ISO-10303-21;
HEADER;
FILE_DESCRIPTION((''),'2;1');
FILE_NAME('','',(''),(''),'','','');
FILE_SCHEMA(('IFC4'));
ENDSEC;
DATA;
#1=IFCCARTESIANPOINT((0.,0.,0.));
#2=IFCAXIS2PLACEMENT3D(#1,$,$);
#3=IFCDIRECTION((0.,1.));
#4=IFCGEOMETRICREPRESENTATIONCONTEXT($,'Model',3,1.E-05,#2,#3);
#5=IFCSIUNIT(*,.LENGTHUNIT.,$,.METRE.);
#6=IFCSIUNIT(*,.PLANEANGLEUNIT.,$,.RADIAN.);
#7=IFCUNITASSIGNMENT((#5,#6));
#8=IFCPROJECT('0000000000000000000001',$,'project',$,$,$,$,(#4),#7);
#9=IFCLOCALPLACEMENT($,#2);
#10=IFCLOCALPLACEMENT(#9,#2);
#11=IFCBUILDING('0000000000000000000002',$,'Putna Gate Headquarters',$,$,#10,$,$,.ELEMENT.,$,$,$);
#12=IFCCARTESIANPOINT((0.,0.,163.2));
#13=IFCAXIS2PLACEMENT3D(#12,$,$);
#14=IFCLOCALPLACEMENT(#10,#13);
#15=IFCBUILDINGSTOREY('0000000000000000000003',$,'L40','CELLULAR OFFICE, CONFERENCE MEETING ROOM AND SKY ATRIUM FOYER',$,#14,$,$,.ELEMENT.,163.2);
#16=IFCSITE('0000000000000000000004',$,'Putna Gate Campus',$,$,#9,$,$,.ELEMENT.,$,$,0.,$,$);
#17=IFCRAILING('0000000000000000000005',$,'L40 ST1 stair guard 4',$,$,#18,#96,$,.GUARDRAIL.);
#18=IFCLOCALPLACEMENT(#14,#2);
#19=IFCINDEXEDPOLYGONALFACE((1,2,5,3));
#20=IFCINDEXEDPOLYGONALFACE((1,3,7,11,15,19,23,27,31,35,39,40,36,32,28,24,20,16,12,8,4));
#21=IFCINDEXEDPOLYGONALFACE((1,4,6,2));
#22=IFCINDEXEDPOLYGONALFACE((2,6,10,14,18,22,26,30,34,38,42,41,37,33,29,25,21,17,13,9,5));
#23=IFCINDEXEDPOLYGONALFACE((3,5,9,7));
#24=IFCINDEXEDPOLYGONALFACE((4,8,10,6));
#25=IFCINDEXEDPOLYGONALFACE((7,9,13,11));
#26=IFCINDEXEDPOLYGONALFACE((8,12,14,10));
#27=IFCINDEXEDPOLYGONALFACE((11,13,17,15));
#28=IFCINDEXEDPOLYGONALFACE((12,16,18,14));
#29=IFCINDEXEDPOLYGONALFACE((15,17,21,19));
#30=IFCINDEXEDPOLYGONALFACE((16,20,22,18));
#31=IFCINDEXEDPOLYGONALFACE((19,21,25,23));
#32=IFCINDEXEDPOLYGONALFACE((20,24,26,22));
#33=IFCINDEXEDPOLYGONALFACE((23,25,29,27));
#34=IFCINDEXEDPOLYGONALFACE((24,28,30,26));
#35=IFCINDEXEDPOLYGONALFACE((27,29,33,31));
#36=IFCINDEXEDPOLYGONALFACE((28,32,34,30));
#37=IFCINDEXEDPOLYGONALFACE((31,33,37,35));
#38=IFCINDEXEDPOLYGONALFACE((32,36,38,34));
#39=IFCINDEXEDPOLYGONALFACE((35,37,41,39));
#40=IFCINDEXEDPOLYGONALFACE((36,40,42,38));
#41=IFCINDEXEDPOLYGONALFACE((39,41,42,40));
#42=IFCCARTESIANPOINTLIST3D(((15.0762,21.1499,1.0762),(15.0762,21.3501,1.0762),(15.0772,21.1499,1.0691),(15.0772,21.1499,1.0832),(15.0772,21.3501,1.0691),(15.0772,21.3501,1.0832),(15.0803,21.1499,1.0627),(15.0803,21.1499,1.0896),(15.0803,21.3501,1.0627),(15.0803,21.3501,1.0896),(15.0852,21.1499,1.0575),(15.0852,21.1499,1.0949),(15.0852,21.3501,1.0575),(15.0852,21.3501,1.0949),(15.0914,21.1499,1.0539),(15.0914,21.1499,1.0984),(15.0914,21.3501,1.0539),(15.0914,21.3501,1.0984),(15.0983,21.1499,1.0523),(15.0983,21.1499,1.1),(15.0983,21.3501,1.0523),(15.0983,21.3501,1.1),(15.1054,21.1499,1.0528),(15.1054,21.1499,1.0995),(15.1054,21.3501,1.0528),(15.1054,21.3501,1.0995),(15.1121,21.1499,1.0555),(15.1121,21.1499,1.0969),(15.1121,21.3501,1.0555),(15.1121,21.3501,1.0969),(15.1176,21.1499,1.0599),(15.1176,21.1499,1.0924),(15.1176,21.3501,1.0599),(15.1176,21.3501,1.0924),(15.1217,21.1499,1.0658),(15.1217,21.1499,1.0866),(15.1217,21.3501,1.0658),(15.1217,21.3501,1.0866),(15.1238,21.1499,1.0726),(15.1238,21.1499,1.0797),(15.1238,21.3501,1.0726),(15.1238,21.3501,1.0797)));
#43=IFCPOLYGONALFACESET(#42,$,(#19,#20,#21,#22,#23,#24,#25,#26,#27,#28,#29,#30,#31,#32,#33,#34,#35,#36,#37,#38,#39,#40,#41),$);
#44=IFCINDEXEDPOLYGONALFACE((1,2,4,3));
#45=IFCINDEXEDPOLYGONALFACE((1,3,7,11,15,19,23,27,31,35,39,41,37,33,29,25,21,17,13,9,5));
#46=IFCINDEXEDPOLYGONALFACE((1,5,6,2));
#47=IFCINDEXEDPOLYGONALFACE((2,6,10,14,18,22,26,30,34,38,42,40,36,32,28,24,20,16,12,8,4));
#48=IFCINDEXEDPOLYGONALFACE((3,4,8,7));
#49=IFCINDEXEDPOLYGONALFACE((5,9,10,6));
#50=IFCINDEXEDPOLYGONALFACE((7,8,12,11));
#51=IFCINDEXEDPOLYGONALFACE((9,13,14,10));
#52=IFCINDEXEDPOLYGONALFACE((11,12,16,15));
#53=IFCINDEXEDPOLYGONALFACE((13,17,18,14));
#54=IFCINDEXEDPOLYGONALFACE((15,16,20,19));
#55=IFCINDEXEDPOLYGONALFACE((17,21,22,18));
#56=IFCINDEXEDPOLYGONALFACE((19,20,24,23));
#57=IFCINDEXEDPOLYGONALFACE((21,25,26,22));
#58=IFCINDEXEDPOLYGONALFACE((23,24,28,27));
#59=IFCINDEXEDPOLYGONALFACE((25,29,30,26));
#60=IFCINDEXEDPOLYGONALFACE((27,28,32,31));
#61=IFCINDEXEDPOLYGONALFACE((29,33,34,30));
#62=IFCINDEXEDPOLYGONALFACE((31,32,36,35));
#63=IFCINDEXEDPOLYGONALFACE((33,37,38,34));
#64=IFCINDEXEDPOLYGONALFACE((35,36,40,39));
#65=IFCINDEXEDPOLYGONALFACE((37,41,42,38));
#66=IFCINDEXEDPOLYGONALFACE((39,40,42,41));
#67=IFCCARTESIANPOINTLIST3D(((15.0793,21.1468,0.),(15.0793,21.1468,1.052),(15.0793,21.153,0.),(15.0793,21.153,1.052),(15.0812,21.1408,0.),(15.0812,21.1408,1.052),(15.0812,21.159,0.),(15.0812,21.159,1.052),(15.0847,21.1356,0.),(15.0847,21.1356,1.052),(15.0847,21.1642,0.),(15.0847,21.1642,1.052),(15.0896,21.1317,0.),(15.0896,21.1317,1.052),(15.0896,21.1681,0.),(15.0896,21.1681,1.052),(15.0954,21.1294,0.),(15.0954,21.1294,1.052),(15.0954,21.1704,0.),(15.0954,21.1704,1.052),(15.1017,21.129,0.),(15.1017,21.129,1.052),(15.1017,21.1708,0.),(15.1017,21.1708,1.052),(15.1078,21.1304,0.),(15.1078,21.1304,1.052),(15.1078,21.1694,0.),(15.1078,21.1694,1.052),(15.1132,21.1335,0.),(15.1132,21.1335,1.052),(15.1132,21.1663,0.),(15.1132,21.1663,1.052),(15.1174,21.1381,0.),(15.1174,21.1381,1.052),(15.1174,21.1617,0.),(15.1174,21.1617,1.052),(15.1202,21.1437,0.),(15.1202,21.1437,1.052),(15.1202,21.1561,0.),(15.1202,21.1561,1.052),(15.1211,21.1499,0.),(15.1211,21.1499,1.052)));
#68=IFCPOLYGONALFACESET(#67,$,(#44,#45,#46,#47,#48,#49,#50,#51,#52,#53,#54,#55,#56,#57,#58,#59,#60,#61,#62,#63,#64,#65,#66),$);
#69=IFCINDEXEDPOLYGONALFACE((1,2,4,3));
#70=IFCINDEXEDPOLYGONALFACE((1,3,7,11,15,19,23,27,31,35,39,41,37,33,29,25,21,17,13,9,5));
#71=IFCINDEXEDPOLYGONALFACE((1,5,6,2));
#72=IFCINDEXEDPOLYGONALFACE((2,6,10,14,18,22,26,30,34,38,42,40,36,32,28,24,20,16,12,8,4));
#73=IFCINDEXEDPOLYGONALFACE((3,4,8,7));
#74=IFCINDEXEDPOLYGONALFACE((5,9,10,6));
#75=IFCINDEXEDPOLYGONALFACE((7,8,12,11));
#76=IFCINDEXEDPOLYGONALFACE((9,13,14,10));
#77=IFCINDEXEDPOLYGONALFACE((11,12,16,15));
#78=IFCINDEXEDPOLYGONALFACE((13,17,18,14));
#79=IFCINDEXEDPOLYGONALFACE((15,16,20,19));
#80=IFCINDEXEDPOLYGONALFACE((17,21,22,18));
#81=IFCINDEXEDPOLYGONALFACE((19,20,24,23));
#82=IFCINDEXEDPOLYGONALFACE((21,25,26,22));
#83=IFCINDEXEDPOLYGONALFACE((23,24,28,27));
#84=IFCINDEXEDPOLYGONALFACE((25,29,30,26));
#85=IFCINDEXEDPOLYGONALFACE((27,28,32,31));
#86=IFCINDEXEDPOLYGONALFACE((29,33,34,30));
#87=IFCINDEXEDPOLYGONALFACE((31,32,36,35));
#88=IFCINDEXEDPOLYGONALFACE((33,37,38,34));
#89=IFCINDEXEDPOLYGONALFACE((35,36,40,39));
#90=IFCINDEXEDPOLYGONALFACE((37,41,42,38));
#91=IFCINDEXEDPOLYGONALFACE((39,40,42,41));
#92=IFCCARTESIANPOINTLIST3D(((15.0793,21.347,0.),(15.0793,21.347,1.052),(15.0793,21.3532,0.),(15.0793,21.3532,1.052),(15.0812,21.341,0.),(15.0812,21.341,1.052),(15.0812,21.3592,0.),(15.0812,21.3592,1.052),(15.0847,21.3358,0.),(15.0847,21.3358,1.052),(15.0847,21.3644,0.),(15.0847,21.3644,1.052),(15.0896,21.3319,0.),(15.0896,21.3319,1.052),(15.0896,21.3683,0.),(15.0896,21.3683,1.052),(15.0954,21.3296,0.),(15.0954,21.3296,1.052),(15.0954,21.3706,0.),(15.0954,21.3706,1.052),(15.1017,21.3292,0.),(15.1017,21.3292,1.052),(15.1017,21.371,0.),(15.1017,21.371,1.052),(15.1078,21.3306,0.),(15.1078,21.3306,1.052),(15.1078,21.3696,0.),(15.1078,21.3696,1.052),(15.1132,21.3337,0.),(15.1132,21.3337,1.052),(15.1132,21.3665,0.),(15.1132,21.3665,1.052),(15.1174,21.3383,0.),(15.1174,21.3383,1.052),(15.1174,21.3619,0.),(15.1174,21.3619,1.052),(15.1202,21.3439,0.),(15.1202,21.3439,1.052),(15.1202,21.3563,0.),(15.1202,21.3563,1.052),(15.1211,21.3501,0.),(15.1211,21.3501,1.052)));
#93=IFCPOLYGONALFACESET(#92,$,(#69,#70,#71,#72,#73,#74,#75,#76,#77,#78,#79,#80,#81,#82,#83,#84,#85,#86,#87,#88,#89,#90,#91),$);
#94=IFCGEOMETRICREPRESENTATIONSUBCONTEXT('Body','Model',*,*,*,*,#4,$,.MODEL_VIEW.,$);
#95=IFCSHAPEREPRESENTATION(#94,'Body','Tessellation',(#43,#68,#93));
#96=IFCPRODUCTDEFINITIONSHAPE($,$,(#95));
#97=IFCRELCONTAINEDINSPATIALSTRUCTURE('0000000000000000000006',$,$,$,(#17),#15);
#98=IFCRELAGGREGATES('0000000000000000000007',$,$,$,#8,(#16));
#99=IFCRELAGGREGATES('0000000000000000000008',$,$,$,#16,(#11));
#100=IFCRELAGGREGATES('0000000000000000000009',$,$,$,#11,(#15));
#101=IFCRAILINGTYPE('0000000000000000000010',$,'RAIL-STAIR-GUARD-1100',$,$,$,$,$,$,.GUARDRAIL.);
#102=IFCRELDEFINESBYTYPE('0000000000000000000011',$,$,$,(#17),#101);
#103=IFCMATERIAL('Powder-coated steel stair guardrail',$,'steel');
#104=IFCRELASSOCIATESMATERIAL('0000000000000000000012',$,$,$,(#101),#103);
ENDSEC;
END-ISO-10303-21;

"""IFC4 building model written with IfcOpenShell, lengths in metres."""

from ifc_helpers import new_model, si_unit, direction, frame, origin, origin_2d, place, context, subcontext, project, spatial, circle, extrude, material, type_object, element, save


model = new_model("IFC4")

# Units and contexts
model_context = context("Model", 3, precision=1e-05, world=origin(), true_north=direction((0.0, 1.0)))
body_context = subcontext(model_context, "Body", "Model", "MODEL_VIEW")
ifc_project = project(units=[si_unit("LENGTHUNIT", "METRE"), si_unit("PLANEANGLEUNIT", "RADIAN")], contexts=[model_context])

# Site, building, storey
site_placement = place(None, origin())
site = spatial("IfcSite", under=ifc_project, at=site_placement, Name="Putna Gate Campus", CompositionType="ELEMENT", RefElevation=0.0)
building_placement = place(site_placement, origin())
building = spatial("IfcBuilding", under=site, at=building_placement, Name="Putna Gate Headquarters", CompositionType="ELEMENT")
storey_placement = place(building_placement, frame((0.0, 0.0, 163.2)))
storey = spatial("IfcBuildingStorey", under=building, at=storey_placement, Name="L40", Description="CELLULAR OFFICE, CONFERENCE MEETING ROOM AND SKY ATRIUM FOYER", CompositionType="ELEMENT", Elevation=163.2)

# Railing
ifc_material_1 = material(Name="Powder-coated steel stair guardrail", Category="steel")
railing_type_1 = type_object("IfcRailingType", Name="RAIL-STAIR-GUARD-1100", PredefinedType="GUARDRAIL", material=ifc_material_1)
railing_1_placement = place(storey_placement, frame((15.1001, 21.1499, 0.0)))
element("IfcRailing", 1, at=railing_1_placement, inside=storey, type_object=railing_type_1, Name="L40 ST1 stair guard 4", PredefinedType="GUARDRAIL", context=body_context, shape_type="SweptSolid", body=[
    extrude(circle(Radius=0.0239, at=origin_2d()), frame((0.0, 0.0, 1.0762), z_axis=(0.0, 1.0, 0.0), x_axis=(-1.0, 0.0, 0.0)), (0.0, 0.0, 1.0), 0.2002),
    extrude(circle(Radius=0.021, at=origin_2d()), origin(), (0.0, 0.0, 1.0), 1.052),
    extrude(circle(Radius=0.021, at=origin_2d()), frame((0.0, 0.2002, 0.0)), (0.0, 0.0, 1.0), 1.052),
])

save(model, "model.ifc")
